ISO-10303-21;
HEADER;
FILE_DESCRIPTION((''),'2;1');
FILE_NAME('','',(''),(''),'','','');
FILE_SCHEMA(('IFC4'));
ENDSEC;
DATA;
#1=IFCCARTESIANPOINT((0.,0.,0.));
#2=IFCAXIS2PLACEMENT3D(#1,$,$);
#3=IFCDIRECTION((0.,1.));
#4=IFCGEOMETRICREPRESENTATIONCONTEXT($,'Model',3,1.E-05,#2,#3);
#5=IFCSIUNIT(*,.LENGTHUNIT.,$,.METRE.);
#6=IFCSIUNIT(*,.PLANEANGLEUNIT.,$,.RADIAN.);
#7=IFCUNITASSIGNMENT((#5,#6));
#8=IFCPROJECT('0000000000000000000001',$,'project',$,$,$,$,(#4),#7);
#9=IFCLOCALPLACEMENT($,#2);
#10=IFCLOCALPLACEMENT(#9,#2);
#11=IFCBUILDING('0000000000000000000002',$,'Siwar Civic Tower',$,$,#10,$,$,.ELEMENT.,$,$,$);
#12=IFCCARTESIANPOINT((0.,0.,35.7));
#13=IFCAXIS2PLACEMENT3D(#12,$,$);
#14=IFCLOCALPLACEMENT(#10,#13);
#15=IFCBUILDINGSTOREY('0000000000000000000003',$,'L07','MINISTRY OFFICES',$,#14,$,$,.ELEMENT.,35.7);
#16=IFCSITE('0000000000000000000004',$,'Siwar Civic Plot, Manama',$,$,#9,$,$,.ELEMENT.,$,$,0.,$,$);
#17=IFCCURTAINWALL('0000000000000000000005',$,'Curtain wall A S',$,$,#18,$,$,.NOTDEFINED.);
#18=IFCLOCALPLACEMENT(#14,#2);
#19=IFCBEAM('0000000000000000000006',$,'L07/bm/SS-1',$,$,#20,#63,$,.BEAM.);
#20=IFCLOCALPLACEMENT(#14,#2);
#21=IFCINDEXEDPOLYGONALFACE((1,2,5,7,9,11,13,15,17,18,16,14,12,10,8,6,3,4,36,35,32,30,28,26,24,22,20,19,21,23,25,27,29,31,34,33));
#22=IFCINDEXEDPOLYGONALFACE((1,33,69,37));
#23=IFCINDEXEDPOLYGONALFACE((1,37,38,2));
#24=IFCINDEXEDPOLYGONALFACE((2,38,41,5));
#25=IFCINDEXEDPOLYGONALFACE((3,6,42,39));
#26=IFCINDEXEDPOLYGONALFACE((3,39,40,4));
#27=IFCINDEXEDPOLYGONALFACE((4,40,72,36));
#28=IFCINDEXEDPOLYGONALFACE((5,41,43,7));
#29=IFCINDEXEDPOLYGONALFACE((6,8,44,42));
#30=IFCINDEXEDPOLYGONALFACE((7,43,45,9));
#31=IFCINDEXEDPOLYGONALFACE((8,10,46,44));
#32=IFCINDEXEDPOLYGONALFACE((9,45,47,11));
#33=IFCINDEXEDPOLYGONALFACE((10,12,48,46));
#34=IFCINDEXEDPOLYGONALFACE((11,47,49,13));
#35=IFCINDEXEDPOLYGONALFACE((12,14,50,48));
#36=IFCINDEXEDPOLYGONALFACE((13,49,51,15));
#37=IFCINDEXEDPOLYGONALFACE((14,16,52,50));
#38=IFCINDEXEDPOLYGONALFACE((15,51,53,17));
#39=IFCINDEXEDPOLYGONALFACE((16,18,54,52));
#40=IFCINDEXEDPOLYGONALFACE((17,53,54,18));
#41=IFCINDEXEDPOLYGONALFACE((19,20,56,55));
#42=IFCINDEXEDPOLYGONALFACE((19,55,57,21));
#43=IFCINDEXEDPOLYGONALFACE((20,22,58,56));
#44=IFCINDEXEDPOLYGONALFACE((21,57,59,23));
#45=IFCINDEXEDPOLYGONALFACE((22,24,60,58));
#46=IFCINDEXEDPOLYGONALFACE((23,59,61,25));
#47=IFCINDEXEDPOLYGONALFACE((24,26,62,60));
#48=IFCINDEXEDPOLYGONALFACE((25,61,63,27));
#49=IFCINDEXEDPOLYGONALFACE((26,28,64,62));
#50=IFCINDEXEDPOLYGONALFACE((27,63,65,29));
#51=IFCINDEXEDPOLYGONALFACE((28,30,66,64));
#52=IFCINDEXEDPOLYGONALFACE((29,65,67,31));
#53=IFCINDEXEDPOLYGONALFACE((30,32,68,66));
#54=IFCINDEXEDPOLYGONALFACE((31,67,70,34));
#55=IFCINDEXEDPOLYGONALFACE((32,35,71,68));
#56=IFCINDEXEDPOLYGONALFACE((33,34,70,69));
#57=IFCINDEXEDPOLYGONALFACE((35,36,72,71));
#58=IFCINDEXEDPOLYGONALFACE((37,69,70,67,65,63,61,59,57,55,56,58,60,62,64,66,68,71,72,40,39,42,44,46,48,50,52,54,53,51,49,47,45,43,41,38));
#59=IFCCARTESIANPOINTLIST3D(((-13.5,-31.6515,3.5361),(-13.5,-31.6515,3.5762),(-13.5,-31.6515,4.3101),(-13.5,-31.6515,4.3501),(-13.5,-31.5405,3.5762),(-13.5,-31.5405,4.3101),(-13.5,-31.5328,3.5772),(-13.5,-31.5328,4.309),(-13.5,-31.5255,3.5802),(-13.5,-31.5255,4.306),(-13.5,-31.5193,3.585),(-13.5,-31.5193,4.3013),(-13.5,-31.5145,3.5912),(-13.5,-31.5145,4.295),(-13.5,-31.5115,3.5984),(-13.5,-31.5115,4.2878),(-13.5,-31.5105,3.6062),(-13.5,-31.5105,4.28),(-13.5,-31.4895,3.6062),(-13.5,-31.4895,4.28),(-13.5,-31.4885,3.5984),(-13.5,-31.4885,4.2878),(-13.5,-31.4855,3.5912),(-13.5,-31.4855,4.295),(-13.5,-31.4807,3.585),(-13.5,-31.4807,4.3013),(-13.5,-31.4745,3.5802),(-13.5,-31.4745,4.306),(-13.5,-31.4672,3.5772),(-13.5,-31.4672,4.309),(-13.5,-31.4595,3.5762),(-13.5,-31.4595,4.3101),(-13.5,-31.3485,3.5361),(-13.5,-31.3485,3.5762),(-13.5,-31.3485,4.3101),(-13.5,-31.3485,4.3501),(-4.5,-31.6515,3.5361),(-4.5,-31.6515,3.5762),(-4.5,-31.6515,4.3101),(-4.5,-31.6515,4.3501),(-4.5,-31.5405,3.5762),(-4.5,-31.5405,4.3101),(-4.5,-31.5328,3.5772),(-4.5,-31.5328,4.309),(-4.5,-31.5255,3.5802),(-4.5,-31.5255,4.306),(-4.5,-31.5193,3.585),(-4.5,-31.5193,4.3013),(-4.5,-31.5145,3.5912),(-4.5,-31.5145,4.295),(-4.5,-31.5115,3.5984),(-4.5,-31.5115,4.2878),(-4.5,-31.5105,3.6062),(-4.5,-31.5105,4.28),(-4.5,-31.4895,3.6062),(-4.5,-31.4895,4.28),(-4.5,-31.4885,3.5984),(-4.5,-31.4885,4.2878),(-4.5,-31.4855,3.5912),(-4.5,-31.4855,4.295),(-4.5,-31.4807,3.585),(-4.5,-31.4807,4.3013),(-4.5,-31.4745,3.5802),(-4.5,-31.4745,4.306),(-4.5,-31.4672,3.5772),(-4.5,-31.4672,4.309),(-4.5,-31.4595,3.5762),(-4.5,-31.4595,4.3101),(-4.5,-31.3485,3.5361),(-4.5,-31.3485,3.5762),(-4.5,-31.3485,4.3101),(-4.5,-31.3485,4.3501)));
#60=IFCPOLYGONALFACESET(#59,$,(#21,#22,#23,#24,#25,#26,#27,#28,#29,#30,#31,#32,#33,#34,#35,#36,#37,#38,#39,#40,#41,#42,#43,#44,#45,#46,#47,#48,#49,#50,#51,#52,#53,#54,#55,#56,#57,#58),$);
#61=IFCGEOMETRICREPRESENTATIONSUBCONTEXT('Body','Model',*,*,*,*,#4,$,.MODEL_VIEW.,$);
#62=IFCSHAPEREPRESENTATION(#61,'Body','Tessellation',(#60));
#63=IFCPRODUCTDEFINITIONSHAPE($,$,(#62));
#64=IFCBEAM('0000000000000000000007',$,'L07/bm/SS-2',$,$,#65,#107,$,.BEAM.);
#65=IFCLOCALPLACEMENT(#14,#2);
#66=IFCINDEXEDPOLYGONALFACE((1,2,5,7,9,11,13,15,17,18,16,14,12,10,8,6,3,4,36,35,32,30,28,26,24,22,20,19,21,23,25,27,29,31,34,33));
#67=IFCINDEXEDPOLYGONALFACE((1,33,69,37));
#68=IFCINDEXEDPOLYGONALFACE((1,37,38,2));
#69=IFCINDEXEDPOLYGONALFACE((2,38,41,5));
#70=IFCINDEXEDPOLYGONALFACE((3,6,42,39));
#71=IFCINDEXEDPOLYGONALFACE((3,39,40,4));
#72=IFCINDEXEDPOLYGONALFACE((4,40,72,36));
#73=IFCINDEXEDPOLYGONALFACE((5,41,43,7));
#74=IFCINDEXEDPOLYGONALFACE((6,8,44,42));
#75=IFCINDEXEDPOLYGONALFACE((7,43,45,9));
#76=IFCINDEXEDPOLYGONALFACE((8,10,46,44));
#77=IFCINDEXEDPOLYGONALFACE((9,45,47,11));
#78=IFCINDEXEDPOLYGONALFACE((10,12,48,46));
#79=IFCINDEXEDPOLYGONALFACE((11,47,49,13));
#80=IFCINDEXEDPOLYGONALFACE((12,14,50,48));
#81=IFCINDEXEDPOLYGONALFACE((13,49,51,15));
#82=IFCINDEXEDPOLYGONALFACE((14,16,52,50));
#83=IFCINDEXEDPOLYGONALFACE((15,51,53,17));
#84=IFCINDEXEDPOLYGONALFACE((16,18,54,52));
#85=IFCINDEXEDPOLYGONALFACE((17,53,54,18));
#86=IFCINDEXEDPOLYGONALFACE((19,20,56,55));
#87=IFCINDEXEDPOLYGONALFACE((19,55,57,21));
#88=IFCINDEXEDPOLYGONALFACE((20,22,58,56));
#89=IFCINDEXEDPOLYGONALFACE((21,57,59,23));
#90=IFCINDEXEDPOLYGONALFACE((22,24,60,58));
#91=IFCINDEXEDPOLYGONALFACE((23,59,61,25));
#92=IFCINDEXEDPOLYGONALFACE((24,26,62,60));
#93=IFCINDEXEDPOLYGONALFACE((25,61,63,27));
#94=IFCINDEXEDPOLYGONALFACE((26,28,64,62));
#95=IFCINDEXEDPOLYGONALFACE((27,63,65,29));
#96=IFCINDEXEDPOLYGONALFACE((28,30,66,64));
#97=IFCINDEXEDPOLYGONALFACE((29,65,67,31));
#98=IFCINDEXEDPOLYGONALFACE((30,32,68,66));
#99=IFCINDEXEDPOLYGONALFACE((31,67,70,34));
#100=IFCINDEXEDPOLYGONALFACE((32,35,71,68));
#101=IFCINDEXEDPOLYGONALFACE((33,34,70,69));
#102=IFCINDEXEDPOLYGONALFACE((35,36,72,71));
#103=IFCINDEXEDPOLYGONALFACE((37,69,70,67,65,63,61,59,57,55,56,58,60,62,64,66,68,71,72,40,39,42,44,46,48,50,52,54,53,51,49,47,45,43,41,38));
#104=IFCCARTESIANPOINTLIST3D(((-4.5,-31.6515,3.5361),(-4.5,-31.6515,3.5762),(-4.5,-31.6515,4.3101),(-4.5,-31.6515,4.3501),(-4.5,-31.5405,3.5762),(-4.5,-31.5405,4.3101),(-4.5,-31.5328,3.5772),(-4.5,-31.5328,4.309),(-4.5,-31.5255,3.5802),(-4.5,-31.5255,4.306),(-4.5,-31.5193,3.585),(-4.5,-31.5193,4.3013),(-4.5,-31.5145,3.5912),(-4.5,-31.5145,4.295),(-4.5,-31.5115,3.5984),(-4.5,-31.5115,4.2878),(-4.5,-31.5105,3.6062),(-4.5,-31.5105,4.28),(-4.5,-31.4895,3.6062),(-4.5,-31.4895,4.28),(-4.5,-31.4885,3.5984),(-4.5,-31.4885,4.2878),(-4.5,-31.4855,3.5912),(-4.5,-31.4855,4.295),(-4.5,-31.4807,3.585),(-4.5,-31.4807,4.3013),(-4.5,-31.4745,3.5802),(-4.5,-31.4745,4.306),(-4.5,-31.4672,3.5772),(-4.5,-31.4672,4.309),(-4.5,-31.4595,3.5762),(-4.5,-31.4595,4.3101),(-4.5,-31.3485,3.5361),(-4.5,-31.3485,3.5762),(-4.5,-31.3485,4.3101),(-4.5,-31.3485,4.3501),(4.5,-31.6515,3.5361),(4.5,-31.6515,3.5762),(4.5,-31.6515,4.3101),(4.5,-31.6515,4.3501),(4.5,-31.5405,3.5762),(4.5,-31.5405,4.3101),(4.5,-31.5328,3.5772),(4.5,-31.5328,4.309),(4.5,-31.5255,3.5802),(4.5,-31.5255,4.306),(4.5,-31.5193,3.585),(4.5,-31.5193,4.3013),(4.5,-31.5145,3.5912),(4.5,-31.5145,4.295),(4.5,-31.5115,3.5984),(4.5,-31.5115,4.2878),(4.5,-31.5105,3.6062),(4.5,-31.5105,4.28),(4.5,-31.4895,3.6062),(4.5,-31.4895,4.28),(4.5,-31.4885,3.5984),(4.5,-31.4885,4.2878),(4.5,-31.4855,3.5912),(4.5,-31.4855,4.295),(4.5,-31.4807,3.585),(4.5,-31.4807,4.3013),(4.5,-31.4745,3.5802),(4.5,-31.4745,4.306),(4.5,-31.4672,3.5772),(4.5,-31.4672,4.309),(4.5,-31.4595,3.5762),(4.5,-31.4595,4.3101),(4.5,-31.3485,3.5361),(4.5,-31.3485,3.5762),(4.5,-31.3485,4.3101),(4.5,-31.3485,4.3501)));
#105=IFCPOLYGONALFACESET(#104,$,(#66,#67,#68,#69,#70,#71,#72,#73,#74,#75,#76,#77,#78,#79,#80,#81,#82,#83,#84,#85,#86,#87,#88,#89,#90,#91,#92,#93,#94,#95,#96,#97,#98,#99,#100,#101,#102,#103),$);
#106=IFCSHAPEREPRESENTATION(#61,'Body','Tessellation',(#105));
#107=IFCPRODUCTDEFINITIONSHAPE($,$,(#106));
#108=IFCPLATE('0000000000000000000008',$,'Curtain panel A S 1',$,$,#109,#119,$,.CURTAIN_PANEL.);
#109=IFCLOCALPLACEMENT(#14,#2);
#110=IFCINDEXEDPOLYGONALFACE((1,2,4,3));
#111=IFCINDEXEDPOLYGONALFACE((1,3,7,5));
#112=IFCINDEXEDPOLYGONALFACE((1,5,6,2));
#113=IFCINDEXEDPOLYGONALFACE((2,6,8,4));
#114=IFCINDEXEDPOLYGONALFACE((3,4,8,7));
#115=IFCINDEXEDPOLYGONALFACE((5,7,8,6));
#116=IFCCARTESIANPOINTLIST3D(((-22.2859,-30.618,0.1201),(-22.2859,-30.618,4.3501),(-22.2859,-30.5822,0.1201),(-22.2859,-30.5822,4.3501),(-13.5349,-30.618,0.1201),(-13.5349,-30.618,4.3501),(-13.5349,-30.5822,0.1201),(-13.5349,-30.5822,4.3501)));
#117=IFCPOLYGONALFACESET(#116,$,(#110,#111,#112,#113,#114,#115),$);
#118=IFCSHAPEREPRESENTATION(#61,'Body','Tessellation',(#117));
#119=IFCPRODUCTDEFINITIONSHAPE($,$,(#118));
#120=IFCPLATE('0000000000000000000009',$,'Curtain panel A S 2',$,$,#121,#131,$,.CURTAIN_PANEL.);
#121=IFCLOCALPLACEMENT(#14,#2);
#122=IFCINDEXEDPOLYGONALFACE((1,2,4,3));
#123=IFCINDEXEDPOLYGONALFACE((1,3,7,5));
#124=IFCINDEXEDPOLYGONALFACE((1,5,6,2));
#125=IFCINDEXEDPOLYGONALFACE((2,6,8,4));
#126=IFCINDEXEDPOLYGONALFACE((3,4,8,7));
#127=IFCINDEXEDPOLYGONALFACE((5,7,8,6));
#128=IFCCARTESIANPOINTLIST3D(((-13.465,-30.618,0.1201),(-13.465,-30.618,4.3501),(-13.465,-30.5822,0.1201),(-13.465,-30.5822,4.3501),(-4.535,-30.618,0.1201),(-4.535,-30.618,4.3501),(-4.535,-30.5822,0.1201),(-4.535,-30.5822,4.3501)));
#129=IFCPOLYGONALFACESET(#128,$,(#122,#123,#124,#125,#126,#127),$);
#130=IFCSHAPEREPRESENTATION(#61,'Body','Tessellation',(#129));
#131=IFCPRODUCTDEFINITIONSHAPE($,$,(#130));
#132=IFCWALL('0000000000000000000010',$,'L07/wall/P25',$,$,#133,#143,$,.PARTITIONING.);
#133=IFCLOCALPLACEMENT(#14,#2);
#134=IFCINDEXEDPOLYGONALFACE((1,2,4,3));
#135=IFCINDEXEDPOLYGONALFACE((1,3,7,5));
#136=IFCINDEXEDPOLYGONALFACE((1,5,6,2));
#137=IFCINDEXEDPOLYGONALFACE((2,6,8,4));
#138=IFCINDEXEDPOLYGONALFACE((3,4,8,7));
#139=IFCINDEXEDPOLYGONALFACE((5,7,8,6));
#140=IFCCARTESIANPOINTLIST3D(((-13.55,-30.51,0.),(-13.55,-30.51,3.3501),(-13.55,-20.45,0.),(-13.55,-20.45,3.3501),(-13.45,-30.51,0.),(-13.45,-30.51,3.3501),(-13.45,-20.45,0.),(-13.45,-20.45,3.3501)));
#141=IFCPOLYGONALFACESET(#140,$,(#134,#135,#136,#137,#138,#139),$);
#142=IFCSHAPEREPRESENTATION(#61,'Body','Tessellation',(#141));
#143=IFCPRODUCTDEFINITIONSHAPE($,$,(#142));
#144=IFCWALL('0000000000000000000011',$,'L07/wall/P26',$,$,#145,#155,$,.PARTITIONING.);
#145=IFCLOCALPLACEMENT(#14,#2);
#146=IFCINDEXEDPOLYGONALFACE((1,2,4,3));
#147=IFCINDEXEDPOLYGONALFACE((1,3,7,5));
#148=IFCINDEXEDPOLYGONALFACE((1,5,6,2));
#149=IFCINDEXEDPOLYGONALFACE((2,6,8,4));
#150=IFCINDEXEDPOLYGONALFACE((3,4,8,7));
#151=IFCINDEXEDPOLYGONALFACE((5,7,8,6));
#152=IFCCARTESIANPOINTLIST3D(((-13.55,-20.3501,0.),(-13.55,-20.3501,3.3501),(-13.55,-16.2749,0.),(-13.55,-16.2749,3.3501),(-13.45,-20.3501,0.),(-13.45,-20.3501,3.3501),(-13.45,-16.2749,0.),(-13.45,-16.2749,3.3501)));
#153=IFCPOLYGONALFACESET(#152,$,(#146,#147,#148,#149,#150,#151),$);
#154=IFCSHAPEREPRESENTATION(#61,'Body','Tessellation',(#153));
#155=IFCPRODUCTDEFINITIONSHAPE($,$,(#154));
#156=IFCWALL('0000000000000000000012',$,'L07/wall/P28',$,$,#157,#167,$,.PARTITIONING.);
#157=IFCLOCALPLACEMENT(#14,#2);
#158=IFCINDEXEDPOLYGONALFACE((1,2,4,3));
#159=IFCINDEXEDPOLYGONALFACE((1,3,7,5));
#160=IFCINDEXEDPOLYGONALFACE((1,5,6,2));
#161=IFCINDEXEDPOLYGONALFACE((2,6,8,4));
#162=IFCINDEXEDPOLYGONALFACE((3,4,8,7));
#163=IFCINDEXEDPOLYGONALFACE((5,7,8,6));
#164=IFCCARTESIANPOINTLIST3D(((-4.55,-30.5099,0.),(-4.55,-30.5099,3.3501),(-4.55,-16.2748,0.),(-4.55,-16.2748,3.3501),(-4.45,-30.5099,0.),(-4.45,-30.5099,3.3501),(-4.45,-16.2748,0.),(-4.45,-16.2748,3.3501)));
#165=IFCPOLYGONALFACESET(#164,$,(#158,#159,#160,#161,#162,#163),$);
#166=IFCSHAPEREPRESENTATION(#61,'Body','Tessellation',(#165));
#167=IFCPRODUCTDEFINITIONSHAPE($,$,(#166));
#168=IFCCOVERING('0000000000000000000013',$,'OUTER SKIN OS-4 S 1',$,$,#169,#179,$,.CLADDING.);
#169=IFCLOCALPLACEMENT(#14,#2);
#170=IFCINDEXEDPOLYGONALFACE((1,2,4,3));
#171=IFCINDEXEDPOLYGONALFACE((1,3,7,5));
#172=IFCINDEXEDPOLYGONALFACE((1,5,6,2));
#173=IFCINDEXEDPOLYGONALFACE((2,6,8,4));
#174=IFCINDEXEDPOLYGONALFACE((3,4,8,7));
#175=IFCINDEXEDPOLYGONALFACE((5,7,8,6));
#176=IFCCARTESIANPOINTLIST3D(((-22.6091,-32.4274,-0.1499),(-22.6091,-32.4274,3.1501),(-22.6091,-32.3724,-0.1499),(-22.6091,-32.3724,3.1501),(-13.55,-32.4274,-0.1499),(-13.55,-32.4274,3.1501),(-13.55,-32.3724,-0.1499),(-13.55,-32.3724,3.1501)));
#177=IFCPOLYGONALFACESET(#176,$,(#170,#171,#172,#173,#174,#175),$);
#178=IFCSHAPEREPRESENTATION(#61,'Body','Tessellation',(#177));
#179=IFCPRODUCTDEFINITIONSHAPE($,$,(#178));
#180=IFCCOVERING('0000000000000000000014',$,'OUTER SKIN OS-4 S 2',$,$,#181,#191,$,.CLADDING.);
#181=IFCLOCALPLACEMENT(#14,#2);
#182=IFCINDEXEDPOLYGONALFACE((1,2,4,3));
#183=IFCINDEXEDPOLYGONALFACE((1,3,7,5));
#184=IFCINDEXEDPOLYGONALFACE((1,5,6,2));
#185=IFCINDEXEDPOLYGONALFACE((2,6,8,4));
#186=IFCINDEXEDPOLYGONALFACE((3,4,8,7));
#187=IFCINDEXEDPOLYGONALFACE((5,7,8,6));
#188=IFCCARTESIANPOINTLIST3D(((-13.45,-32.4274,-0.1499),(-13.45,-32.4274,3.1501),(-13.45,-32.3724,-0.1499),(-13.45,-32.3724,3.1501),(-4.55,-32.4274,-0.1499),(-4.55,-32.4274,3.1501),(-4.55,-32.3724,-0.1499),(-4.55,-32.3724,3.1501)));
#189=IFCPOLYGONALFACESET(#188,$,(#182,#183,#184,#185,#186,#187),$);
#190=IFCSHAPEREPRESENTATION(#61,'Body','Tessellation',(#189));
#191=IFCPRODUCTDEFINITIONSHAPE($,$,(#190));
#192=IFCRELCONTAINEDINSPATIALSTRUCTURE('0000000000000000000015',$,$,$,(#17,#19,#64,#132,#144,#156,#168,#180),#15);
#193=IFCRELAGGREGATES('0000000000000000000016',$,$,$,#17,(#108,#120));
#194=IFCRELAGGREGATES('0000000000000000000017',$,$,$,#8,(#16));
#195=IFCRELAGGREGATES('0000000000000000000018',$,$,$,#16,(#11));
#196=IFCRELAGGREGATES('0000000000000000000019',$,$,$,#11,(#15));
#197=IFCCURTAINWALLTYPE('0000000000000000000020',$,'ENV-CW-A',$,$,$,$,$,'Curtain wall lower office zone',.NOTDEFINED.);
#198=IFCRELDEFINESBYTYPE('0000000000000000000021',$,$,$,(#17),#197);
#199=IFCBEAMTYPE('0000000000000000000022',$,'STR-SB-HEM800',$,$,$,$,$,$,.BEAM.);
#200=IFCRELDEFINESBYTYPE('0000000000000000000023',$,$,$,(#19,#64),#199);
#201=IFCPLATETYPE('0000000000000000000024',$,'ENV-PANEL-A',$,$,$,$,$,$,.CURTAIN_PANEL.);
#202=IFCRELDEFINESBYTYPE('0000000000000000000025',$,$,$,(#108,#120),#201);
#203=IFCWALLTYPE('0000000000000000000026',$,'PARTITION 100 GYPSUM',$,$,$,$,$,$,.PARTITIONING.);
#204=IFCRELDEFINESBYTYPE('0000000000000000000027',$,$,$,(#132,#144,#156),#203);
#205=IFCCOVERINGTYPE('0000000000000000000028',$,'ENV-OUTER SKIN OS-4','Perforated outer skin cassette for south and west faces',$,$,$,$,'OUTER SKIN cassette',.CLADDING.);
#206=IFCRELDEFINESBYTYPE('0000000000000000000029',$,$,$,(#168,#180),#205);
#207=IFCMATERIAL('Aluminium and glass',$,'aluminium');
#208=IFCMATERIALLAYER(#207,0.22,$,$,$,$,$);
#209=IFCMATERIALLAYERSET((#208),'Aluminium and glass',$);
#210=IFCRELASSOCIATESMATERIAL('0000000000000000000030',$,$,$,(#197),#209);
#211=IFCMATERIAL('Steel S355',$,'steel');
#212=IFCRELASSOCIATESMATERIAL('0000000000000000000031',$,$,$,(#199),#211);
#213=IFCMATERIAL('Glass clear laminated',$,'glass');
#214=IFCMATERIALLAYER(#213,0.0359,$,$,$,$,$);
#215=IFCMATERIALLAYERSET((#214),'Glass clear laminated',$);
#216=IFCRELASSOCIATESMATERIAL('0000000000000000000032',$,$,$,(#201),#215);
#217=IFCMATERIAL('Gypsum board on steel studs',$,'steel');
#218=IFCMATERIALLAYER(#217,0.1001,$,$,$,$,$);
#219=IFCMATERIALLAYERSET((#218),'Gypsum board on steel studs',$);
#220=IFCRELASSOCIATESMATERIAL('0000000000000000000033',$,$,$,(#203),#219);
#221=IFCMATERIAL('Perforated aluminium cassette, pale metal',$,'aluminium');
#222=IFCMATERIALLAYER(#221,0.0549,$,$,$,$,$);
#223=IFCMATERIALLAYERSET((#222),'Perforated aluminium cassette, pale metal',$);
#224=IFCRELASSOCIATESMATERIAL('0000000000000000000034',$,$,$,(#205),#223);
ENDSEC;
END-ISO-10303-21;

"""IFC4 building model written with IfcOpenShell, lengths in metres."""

from ifc_helpers import new_model, si_unit, direction, frame, frame_2d, origin, origin_2d, place, context, subcontext, project, spatial, rectangle, i_section, extrude, material, layer, layer_set, material_profile, profile_set, type_object, element, aggregate, save


model = new_model("IFC4")

# Units and contexts
model_context = context("Model", 3, precision=1e-05, world=origin(), true_north=direction((0.0, 1.0)))
body_context = subcontext(model_context, "Body", "Model", "MODEL_VIEW")
ifc_project = project(units=[si_unit("LENGTHUNIT", "METRE"), si_unit("PLANEANGLEUNIT", "RADIAN")], contexts=[model_context])

# Site, building, storey
site_placement = place(None, origin())
site = spatial("IfcSite", under=ifc_project, at=site_placement, Name="Siwar Civic Plot, Manama", CompositionType="ELEMENT", RefElevation=0.0)
building_placement = place(site_placement, origin())
building = spatial("IfcBuilding", under=site, at=building_placement, Name="Siwar Civic Tower", CompositionType="ELEMENT")
storey_placement = place(building_placement, frame((0.0, 0.0, 35.7)))
storey = spatial("IfcBuildingStorey", under=building, at=storey_placement, Name="L07", Description="MINISTRY OFFICES", CompositionType="ELEMENT", Elevation=35.7)

# Curtain wall
ifc_material_1 = material(Name="Aluminium and glass", Category="aluminium")
ifc_layer_1 = layer(ifc_material_1, 0.22)
ifc_layer_set_1 = layer_set([ifc_layer_1], Name="Aluminium and glass")
curtain_wall_type = type_object("IfcCurtainWallType", Name="ENV-CW-A", ElementType="Curtain wall lower office zone", PredefinedType="NOTDEFINED", material=ifc_layer_set_1)
curtain_wall_placement = place(storey_placement, origin())
curtain_wall = element("IfcCurtainWall", 1, at=curtain_wall_placement, inside=storey, type_object=curtain_wall_type, Name="Curtain wall A S", PredefinedType="NOTDEFINED")

# Beams
ifc_material_2 = material(Name="Steel S355", Category="steel")
ifc_material_profile_1 = material_profile(ifc_material_2, i_section(OverallWidth=0.303, OverallDepth=0.814, WebThickness=0.021, FlangeThickness=0.04, FilletRadius=0.03, at=origin_2d()), Name="HEM800")
ifc_profile_set_1 = profile_set([ifc_material_profile_1], Name="Steel S355")
beam_type_1 = type_object("IfcBeamType", Name="STR-SB-HEM800", PredefinedType="BEAM", material=ifc_profile_set_1)
for number, where, z_axis, x_axis, name in (
    (2, (-13.5, -31.5, 3.9431), (1.0, 0.0, 0.0), (0.0, 1.0, 0.0), "L07/bm/SS-1"),
    (3, (-4.5, -31.5, 3.9431), (1.0, 0.0, 0.0), (0.0, 1.0, 0.0), "L07/bm/SS-2"),
):
    element("IfcBeam", number, at=place(storey_placement, frame(where, z_axis=z_axis, x_axis=x_axis)), inside=storey, type_object=beam_type_1, Name=name, PredefinedType="BEAM", context=body_context, shape_type="SweptSolid", body=[
        extrude(i_section(OverallWidth=0.303, OverallDepth=0.814, WebThickness=0.021, FlangeThickness=0.04, FilletRadius=0.03, at=origin_2d()), origin(), (0.0, 0.0, 1.0), 9.0),
    ])

# Plates
ifc_material_3 = material(Name="Glass clear laminated", Category="glass")
ifc_layer_2 = layer(ifc_material_3, 0.0359)
ifc_layer_set_2 = layer_set([ifc_layer_2], Name="Glass clear laminated")
plate_type = type_object("IfcPlateType", Name="ENV-PANEL-A", PredefinedType="CURTAIN_PANEL", material=ifc_layer_set_2)
plate_1_placement = place(storey_placement, frame((-17.9104, -30.6001, 0.1201), z_axis=(0.0, 0.0, 1.0), x_axis=(1.0, 0.0, 0.0)))
plate_1 = element("IfcPlate", 4, at=plate_1_placement, type_object=plate_type, Name="Curtain panel A S 1", PredefinedType="CURTAIN_PANEL", context=body_context, shape_type="SweptSolid", body=[
    extrude(rectangle(XDim=8.751, YDim=0.0359, at=origin_2d()), origin(), (0.0, 0.0, 1.0), 4.23),
])
plate_2_placement = place(storey_placement, frame((-9.0, -30.6001, 0.1201), z_axis=(0.0, 0.0, 1.0), x_axis=(1.0, 0.0, 0.0)))
plate_2 = element("IfcPlate", 5, at=plate_2_placement, type_object=plate_type, Name="Curtain panel A S 2", PredefinedType="CURTAIN_PANEL", context=body_context, shape_type="SweptSolid", body=[
    extrude(rectangle(XDim=8.9299, YDim=0.0359, at=origin_2d()), origin(), (0.0, 0.0, 1.0), 4.23),
])
aggregate(curtain_wall, [plate_1, plate_2])

# Walls
ifc_material_4 = material(Name="Gypsum board on steel studs", Category="steel")
ifc_layer_3 = layer(ifc_material_4, 0.1001)
ifc_layer_set_3 = layer_set([ifc_layer_3], Name="Gypsum board on steel studs")
wall_type = type_object("IfcWallType", Name="PARTITION 100 GYPSUM", PredefinedType="PARTITIONING", material=ifc_layer_set_3)
wall_1_placement = place(storey_placement, frame((-13.5, -30.51, 0.0), z_axis=(0.0, 0.0, 1.0), x_axis=(0.0, 1.0, 0.0)))
element("IfcWall", 6, at=wall_1_placement, inside=storey, type_object=wall_type, Name="L07/wall/P25", PredefinedType="PARTITIONING", context=body_context, shape_type="SweptSolid", body=[
    extrude(rectangle(XDim=10.0601, YDim=0.1001, at=frame_2d((5.03, 0.0))), origin(), (0.0, 0.0, 1.0), 3.3501),
])
wall_2_placement = place(storey_placement, frame((-13.5, -20.3501, 0.0), z_axis=(0.0, 0.0, 1.0), x_axis=(0.0, 1.0, 0.0)))
element("IfcWall", 7, at=wall_2_placement, inside=storey, type_object=wall_type, Name="L07/wall/P26", PredefinedType="PARTITIONING", context=body_context, shape_type="SweptSolid", body=[
    extrude(rectangle(XDim=4.0752, YDim=0.1001, at=frame_2d((2.0376, 0.0))), origin(), (0.0, 0.0, 1.0), 3.3501),
])
wall_3_placement = place(storey_placement, frame((-4.5, -30.51, 0.0), z_axis=(0.0, 0.0, 1.0), x_axis=(0.0, 1.0, 0.0)))
element("IfcWall", 8, at=wall_3_placement, inside=storey, type_object=wall_type, Name="L07/wall/P28", PredefinedType="PARTITIONING", context=body_context, shape_type="SweptSolid", body=[
    extrude(rectangle(XDim=14.2351, YDim=0.1001, at=frame_2d((7.1177, 0.0))), origin(), (0.0, 0.0, 1.0), 3.3501),
])

# Coverings
ifc_material_5 = material(Name="Perforated aluminium cassette, pale metal", Category="aluminium")
ifc_layer_4 = layer(ifc_material_5, 0.0549)
ifc_layer_set_4 = layer_set([ifc_layer_4], Name="Perforated aluminium cassette, pale metal")
covering_type = type_object("IfcCoveringType", Name="ENV-OUTER SKIN OS-4", Description="Perforated outer skin cassette for south and west faces", ElementType="OUTER SKIN cassette", PredefinedType="CLADDING", material=ifc_layer_set_4)
covering_1_placement = place(storey_placement, frame((-18.0796, -32.3999, -0.1499), z_axis=(0.0, 0.0, 1.0), x_axis=(1.0, 0.0, 0.0)))
element("IfcCovering", 9, at=covering_1_placement, inside=storey, type_object=covering_type, Name="OUTER SKIN OS-4 S 1", PredefinedType="CLADDING", context=body_context, shape_type="SweptSolid", body=[
    extrude(rectangle(XDim=9.0591, YDim=0.0549, at=origin_2d()), origin(), (0.0, 0.0, 1.0), 3.3),
])
covering_2_placement = place(storey_placement, frame((-9.0, -32.3999, -0.1499), z_axis=(0.0, 0.0, 1.0), x_axis=(1.0, 0.0, 0.0)))
element("IfcCovering", 10, at=covering_2_placement, inside=storey, type_object=covering_type, Name="OUTER SKIN OS-4 S 2", PredefinedType="CLADDING", context=body_context, shape_type="SweptSolid", body=[
    extrude(rectangle(XDim=8.8999, YDim=0.0549, at=origin_2d()), origin(), (0.0, 0.0, 1.0), 3.3),
])

save(model, "model.ifc")
